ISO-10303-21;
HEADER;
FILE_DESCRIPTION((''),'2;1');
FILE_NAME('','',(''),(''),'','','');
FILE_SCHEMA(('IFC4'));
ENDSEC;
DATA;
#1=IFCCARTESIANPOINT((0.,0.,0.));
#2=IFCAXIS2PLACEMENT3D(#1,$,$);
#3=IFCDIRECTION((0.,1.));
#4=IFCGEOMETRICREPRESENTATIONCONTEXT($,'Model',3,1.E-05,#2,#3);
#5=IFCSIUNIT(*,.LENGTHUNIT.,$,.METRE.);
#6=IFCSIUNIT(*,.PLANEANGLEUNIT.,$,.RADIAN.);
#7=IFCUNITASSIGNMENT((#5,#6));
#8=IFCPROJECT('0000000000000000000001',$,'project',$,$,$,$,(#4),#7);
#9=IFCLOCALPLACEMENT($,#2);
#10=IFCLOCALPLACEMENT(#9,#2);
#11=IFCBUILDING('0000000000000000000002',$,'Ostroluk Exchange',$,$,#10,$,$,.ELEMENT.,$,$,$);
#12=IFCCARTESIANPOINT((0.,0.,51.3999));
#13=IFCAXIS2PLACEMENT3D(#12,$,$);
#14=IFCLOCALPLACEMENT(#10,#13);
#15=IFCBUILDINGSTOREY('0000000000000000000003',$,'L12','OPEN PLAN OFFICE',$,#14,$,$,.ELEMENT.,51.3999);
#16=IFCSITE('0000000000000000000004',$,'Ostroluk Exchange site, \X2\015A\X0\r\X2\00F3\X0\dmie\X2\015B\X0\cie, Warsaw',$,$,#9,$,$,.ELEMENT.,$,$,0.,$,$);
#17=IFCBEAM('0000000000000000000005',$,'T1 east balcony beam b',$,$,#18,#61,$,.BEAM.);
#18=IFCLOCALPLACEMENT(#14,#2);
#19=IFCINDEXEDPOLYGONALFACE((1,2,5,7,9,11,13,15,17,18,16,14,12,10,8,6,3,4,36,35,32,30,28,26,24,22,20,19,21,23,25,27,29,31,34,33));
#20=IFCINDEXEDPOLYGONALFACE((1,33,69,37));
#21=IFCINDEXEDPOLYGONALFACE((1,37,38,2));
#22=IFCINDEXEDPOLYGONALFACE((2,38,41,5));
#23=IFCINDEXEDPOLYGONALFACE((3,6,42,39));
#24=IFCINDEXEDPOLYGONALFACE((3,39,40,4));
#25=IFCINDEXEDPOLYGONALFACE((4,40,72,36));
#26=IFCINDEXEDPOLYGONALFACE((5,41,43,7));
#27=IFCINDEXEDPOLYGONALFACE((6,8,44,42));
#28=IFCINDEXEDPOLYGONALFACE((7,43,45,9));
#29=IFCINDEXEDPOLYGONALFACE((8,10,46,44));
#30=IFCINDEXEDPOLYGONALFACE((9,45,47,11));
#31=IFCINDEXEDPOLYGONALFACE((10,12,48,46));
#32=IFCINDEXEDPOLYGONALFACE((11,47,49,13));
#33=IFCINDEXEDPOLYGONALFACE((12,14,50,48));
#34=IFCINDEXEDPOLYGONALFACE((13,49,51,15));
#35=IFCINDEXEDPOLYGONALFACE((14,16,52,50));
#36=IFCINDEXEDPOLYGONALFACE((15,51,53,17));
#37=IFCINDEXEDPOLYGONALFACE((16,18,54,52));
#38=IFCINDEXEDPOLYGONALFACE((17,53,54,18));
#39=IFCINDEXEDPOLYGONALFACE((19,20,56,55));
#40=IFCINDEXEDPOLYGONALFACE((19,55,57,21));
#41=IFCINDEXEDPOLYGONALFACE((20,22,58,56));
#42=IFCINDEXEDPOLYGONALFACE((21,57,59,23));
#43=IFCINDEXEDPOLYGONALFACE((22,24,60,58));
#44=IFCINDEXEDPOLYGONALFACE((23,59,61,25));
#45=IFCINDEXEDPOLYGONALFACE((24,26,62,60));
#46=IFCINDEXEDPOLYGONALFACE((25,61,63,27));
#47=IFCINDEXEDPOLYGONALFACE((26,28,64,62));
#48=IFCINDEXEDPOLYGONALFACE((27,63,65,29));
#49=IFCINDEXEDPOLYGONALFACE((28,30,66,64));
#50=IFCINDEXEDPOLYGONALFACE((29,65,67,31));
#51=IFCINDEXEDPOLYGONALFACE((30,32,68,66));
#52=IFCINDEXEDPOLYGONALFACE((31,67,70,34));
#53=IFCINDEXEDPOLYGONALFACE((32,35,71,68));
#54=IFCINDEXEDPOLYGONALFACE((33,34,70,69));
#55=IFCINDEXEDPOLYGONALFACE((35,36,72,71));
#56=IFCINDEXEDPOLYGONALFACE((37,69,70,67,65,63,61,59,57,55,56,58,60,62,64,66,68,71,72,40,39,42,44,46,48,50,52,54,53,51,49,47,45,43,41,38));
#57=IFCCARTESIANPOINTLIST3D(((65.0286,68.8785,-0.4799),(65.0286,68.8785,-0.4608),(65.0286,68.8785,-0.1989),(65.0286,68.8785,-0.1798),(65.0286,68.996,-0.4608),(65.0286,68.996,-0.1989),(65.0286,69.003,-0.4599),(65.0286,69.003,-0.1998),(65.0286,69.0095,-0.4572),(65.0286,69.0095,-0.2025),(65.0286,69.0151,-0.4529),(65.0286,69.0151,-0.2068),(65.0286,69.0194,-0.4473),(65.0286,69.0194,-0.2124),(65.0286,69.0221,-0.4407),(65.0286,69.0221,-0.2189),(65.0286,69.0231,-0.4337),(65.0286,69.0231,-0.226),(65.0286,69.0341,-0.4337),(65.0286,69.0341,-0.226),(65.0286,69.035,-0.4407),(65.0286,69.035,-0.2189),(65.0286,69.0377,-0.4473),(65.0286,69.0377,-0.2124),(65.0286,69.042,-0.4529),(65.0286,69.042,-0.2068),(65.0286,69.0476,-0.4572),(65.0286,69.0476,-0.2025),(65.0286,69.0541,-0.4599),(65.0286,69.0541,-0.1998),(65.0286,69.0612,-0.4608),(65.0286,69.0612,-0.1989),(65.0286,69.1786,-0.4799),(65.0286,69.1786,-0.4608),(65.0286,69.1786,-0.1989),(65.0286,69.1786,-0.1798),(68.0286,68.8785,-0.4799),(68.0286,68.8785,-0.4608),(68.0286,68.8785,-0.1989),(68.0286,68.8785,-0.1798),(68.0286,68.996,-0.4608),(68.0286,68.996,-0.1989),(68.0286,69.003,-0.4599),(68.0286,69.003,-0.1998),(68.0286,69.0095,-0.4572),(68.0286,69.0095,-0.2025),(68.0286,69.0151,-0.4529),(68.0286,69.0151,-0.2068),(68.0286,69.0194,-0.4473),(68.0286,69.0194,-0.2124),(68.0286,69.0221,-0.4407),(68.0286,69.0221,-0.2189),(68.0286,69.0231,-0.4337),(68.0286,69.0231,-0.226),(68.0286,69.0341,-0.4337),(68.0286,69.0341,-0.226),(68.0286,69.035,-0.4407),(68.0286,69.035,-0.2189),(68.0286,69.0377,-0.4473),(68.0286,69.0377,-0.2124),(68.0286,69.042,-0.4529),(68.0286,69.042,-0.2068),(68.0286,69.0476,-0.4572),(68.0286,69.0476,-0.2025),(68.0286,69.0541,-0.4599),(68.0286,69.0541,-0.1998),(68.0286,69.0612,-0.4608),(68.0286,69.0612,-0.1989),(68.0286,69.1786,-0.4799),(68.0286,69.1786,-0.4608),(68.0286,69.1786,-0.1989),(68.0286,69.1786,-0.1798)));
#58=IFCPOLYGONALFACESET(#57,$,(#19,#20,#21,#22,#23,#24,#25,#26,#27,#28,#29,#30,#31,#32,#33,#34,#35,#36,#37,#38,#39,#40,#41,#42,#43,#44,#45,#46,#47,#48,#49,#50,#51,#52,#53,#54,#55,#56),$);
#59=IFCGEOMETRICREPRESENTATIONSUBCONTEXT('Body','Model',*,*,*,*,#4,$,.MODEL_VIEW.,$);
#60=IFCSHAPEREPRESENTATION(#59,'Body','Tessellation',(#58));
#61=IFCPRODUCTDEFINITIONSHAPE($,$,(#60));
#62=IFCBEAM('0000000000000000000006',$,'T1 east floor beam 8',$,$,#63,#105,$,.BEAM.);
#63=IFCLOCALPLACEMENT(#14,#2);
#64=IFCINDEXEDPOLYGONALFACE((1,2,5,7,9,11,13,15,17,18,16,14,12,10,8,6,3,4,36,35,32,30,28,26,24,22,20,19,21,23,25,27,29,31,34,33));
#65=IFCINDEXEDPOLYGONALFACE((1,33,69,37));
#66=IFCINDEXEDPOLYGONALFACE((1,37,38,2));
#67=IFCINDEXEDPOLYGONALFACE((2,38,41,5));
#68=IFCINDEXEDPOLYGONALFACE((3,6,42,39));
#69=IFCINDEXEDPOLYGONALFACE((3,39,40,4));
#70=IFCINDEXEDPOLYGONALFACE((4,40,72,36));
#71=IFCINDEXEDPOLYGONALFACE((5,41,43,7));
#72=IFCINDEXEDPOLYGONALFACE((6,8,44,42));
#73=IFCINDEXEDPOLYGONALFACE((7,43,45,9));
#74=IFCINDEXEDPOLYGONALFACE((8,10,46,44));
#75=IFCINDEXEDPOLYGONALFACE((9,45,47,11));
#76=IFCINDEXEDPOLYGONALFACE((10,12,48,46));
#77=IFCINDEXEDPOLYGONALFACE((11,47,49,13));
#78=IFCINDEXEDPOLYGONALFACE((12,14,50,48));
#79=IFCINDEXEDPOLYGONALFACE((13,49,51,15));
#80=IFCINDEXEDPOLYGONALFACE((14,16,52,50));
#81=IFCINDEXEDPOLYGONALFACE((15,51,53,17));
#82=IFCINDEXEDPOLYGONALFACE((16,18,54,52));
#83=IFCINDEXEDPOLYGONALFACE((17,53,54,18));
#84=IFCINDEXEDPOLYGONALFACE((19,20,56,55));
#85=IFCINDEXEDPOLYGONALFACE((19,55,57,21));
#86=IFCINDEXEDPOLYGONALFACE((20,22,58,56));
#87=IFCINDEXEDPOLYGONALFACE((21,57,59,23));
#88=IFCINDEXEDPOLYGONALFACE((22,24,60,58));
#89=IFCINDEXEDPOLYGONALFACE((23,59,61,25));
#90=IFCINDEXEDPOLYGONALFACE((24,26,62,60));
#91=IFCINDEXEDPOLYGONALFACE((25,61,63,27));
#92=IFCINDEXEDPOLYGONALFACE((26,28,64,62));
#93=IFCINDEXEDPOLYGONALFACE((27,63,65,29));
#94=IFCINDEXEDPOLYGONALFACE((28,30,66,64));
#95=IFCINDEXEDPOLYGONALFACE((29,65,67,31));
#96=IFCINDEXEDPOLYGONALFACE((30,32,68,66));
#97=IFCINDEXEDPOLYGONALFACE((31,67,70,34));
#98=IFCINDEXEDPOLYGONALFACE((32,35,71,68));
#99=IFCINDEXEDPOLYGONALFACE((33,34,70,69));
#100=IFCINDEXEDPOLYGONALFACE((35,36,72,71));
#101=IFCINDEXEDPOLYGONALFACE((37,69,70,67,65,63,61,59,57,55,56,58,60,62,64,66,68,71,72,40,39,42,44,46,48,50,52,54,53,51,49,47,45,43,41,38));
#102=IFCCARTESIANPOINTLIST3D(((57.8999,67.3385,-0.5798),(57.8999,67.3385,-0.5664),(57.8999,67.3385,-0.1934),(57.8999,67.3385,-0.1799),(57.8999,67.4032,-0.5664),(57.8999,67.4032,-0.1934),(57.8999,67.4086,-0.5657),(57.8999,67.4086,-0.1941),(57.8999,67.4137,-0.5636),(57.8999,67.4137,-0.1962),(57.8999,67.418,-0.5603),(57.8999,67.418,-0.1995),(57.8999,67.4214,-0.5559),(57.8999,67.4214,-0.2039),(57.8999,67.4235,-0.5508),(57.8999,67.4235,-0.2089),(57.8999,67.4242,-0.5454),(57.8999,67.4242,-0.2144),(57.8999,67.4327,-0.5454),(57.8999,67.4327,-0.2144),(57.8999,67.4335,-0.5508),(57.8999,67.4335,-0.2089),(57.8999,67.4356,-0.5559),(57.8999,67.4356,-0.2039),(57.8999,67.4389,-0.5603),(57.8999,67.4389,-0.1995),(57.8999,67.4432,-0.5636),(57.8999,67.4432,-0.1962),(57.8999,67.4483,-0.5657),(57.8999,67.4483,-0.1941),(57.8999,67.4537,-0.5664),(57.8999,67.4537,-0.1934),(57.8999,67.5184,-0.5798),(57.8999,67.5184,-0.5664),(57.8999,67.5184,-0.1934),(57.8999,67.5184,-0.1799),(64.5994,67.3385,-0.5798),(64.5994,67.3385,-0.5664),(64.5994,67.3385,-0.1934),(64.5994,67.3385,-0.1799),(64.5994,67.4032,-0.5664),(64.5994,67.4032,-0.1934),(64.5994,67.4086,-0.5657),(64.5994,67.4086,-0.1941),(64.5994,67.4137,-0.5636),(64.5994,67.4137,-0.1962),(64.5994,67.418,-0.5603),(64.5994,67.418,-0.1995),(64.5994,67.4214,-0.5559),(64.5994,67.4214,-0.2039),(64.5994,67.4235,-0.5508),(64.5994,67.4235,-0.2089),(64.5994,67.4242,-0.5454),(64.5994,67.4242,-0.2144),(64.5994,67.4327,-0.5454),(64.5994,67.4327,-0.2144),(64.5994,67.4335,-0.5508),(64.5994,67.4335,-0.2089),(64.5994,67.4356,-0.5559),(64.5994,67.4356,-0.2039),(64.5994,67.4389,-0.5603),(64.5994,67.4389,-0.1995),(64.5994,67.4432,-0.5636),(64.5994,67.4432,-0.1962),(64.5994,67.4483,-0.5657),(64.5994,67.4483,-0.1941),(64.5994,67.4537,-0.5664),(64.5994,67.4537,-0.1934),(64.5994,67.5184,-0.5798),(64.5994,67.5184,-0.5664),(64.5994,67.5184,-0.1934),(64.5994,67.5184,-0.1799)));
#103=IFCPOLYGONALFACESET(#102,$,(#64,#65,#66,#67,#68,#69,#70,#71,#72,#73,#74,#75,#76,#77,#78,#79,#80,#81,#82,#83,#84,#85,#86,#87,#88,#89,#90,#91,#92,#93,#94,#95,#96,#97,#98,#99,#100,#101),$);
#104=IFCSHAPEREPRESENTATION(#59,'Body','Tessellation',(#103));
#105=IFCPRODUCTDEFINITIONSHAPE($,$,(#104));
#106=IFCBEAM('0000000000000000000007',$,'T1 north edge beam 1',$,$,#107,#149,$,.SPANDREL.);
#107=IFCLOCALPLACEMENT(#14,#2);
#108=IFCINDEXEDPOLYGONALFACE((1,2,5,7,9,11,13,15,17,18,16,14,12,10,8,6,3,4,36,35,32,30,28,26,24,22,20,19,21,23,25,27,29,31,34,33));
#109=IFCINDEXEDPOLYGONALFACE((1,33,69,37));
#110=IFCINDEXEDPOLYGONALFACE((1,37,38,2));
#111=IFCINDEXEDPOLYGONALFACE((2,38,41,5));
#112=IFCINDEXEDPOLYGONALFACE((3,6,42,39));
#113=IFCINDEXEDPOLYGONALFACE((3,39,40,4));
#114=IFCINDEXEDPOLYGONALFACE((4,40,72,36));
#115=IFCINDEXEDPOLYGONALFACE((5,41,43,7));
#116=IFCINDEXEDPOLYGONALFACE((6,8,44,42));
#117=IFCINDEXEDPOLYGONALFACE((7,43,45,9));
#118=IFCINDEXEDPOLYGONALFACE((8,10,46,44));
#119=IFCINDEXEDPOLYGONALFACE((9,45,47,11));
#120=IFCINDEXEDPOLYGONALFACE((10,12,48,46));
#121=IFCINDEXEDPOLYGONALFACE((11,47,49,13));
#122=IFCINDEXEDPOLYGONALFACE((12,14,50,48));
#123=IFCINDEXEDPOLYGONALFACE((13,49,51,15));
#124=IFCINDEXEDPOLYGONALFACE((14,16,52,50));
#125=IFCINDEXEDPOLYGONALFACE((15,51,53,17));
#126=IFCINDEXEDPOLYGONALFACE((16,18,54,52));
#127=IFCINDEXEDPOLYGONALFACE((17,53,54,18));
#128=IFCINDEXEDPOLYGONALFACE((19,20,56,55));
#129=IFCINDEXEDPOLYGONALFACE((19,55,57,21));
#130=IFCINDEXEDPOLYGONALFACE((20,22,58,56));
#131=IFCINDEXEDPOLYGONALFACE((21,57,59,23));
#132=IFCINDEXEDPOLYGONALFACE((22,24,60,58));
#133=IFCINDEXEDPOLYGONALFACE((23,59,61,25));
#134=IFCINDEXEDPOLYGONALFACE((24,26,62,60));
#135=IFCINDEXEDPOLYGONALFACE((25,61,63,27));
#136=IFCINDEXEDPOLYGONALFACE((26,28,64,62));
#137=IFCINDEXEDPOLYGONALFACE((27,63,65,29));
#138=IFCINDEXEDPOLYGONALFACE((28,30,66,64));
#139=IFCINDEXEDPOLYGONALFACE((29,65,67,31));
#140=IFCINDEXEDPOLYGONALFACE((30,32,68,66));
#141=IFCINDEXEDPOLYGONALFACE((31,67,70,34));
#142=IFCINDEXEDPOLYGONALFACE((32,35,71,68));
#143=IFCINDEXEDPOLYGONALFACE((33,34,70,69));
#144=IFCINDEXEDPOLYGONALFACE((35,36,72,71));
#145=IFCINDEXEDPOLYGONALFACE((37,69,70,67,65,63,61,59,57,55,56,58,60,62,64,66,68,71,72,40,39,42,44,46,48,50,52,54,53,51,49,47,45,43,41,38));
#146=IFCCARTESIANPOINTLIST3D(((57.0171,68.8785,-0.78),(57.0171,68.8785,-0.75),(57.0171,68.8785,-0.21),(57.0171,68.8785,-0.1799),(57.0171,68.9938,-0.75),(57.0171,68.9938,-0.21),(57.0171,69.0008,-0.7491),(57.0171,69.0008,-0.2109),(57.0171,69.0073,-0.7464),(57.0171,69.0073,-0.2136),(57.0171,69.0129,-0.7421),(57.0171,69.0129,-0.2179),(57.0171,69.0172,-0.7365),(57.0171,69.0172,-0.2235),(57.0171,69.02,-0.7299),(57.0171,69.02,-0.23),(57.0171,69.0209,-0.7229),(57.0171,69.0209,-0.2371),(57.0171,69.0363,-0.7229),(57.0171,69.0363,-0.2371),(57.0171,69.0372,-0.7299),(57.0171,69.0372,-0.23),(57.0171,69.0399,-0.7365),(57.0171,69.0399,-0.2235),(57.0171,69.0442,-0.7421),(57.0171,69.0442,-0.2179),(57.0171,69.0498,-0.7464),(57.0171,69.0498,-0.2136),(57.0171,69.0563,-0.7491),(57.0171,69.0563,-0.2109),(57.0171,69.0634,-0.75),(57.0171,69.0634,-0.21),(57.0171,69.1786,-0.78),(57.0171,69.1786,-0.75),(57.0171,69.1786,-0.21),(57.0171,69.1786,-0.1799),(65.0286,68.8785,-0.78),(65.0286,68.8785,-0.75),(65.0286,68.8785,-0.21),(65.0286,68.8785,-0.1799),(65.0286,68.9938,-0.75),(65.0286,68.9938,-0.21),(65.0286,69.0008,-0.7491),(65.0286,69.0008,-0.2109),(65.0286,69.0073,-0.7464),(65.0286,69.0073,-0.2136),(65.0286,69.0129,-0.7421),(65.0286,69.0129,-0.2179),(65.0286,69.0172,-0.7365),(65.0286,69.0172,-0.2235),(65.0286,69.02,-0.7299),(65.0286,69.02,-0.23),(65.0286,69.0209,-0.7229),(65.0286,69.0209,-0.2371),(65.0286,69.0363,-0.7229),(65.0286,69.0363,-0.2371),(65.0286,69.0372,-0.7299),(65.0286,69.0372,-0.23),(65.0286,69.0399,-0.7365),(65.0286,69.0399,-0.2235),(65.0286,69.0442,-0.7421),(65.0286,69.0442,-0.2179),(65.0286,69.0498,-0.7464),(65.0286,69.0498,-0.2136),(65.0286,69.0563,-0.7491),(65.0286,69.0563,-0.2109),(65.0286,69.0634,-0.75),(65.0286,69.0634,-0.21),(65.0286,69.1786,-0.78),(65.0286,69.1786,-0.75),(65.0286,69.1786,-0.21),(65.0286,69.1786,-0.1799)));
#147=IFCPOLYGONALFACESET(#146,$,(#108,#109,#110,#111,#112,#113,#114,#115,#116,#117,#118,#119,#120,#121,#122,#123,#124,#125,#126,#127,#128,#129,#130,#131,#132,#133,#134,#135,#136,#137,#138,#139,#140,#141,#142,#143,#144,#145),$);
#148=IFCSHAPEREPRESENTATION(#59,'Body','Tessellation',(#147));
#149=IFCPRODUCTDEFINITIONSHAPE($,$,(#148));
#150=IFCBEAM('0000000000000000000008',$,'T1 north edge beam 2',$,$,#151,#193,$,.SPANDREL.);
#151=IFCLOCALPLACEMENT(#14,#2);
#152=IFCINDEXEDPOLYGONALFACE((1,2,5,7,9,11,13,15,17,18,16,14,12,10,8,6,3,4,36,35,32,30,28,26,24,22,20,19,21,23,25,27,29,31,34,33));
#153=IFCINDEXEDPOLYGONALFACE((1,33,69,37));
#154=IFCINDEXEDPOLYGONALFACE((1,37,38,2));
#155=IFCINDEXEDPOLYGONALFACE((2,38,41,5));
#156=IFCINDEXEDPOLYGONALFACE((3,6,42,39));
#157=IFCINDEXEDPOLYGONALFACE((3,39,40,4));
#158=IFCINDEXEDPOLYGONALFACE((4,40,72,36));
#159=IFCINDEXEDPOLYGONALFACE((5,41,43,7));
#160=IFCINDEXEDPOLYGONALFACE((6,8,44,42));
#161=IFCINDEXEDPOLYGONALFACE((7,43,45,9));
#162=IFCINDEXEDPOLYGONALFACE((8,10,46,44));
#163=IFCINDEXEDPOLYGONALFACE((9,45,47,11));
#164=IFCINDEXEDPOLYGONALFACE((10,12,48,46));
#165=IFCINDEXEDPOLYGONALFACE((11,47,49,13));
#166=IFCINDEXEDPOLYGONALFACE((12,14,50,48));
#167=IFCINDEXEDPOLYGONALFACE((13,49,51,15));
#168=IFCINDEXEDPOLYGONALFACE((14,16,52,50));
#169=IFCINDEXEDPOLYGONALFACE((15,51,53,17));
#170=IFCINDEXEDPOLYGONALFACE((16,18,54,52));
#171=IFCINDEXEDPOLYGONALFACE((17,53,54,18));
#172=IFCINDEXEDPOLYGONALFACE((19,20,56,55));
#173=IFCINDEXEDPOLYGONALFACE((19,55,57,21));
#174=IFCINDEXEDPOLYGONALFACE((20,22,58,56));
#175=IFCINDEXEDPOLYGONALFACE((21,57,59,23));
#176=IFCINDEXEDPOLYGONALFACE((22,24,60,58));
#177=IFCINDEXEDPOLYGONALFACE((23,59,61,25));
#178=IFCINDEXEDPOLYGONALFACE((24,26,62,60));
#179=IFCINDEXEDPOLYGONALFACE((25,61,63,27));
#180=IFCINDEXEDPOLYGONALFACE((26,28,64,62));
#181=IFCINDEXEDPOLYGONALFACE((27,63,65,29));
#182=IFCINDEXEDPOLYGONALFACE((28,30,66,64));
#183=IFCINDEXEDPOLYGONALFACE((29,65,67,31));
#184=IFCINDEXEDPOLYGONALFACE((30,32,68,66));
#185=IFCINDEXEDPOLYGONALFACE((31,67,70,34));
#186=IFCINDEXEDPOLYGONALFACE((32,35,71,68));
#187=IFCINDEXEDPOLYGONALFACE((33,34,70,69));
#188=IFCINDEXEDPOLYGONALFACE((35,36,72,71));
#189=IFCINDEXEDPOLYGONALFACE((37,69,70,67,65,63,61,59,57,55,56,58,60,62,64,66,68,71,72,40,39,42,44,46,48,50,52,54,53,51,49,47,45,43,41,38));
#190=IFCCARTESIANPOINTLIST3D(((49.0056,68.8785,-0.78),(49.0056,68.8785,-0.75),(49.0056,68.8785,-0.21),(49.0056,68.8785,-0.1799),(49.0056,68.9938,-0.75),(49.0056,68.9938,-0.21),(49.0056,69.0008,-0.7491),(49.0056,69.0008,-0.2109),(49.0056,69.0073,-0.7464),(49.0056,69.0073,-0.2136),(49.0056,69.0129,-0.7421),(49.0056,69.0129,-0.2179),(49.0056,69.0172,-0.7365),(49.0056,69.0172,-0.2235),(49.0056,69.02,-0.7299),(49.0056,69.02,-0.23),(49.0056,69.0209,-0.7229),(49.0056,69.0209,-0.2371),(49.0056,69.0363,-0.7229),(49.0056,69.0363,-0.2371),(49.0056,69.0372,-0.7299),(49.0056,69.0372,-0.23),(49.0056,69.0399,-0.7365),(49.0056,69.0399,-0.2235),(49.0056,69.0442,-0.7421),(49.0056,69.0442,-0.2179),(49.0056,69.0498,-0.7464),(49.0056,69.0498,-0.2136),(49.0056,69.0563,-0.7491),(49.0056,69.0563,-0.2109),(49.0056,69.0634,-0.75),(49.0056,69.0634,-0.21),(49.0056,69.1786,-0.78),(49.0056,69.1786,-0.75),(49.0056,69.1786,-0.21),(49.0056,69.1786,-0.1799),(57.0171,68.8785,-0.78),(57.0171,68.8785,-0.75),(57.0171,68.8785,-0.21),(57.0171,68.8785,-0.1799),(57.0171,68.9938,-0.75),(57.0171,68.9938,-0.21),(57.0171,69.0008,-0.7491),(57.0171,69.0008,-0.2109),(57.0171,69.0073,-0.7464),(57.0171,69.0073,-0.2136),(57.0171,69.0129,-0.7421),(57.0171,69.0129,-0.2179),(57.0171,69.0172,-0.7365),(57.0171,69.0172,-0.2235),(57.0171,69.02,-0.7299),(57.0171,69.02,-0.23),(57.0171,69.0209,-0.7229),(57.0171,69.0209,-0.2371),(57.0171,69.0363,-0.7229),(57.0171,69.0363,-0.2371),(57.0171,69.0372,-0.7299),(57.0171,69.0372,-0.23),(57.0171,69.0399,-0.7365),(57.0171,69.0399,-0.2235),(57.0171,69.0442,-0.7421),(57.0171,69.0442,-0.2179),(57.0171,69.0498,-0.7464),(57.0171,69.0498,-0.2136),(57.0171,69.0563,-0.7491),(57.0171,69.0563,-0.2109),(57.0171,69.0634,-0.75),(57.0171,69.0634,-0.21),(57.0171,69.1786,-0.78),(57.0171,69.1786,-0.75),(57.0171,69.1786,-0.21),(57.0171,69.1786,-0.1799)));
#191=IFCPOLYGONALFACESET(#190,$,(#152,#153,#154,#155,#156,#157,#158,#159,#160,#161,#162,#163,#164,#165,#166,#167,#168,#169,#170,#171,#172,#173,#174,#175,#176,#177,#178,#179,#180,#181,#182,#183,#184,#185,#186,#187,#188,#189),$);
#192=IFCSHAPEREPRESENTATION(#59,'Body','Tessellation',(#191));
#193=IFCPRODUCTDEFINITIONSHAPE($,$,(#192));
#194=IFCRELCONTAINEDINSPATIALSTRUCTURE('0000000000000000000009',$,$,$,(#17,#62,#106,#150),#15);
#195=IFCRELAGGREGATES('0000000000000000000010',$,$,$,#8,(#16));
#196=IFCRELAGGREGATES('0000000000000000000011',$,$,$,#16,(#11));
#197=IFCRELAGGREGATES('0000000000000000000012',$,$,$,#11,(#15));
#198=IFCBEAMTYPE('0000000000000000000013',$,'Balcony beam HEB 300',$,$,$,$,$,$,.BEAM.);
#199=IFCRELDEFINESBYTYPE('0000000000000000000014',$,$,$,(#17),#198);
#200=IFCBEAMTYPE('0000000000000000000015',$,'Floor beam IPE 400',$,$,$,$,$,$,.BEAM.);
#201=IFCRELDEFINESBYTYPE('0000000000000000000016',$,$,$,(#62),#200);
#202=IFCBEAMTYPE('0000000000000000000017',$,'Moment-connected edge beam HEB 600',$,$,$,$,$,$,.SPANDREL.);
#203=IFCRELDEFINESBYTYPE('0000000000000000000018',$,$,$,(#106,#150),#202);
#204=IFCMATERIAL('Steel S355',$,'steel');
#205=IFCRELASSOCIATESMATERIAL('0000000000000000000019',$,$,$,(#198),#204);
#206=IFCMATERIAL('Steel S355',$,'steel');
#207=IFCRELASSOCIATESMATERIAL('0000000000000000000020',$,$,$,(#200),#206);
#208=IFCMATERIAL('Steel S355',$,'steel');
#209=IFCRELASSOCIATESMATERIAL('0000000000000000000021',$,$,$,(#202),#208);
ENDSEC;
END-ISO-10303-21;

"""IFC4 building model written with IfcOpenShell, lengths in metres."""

from ifc_helpers import new_model, si_unit, direction, frame, origin, origin_2d, place, context, subcontext, project, spatial, i_section, extrude, material, material_profile, profile_set, type_object, element, save


model = new_model("IFC4")

# Units and contexts
model_context = context("Model", 3, precision=1e-05, world=origin(), true_north=direction((0.0, 1.0)))
body_context = subcontext(model_context, "Body", "Model", "MODEL_VIEW")
ifc_project = project(units=[si_unit("LENGTHUNIT", "METRE"), si_unit("PLANEANGLEUNIT", "RADIAN")], contexts=[model_context])

# Site, building, storey
site_placement = place(None, origin())
site = spatial("IfcSite", under=ifc_project, at=site_placement, Name="Ostroluk Exchange site, Śródmieście, Warsaw", CompositionType="ELEMENT", RefElevation=0.0)
building_placement = place(site_placement, origin())
building = spatial("IfcBuilding", under=site, at=building_placement, Name="Ostroluk Exchange", CompositionType="ELEMENT")
storey_placement = place(building_placement, frame((0.0, 0.0, 51.3999)))
storey = spatial("IfcBuildingStorey", under=building, at=storey_placement, Name="L12", Description="OPEN PLAN OFFICE", CompositionType="ELEMENT", Elevation=51.3999)

# Beams
ifc_material_1 = material(Name="Steel S355", Category="steel")
ifc_material_profile_1 = material_profile(ifc_material_1, i_section(OverallWidth=0.3, OverallDepth=0.3, WebThickness=0.011, FlangeThickness=0.019, FilletRadius=0.0271, at=origin_2d()), Name="HEB 300")
ifc_profile_set_1 = profile_set([ifc_material_profile_1], Name="Steel S355")
beam_type_1 = type_object("IfcBeamType", Name="Balcony beam HEB 300", PredefinedType="BEAM", material=ifc_profile_set_1)
beam_1_placement = place(storey_placement, frame((65.0286, 69.0286, -0.3298), z_axis=(1.0, 0.0, 0.0), x_axis=(0.0, 1.0, 0.0)))
element("IfcBeam", 1, at=beam_1_placement, inside=storey, type_object=beam_type_1, Name="T1 east balcony beam b", PredefinedType="BEAM", context=body_context, shape_type="SweptSolid", body=[
    extrude(i_section(OverallWidth=0.3, OverallDepth=0.3, WebThickness=0.011, FlangeThickness=0.019, FilletRadius=0.0271, at=origin_2d()), origin(), (0.0, 0.0, 1.0), 3.0),
])
ifc_material_2 = material(Name="Steel S355", Category="steel")
ifc_material_profile_2 = material_profile(ifc_material_2, i_section(OverallWidth=0.1799, OverallDepth=0.3999, WebThickness=0.0085, FlangeThickness=0.0134, FilletRadius=0.021, at=origin_2d()), Name="IPE 400")
ifc_profile_set_2 = profile_set([ifc_material_profile_2], Name="Steel S355")
beam_type_2 = type_object("IfcBeamType", Name="Floor beam IPE 400", PredefinedType="BEAM", material=ifc_profile_set_2)
beam_2_placement = place(storey_placement, frame((57.8999, 67.4285, -0.3799), z_axis=(1.0, 0.0, 0.0), x_axis=(0.0, 1.0, 0.0)))
element("IfcBeam", 2, at=beam_2_placement, inside=storey, type_object=beam_type_2, Name="T1 east floor beam 8", PredefinedType="BEAM", context=body_context, shape_type="SweptSolid", body=[
    extrude(i_section(OverallWidth=0.1799, OverallDepth=0.3999, WebThickness=0.0085, FlangeThickness=0.0134, FilletRadius=0.021, at=origin_2d()), origin(), (0.0, 0.0, 1.0), 6.6995),
])
ifc_material_3 = material(Name="Steel S355", Category="steel")
ifc_material_profile_3 = material_profile(ifc_material_3, i_section(OverallWidth=0.3, OverallDepth=0.6001, WebThickness=0.0154, FlangeThickness=0.03, FilletRadius=0.0271, at=origin_2d()), Name="HEB 600")
ifc_profile_set_3 = profile_set([ifc_material_profile_3], Name="Steel S355")
beam_type_3 = type_object("IfcBeamType", Name="Moment-connected edge beam HEB 600", PredefinedType="SPANDREL", material=ifc_profile_set_3)
for number, where, z_axis, x_axis, name in (
    (3, (65.0286, 69.0286, -0.48), (-1.0, 0.0, 0.0), (0.0, -1.0, 0.0), "T1 north edge beam 1"),
    (4, (57.0171, 69.0286, -0.48), (-1.0, 0.0, 0.0), (0.0, -1.0, 0.0), "T1 north edge beam 2"),
):
    element("IfcBeam", number, at=place(storey_placement, frame(where, z_axis=z_axis, x_axis=x_axis)), inside=storey, type_object=beam_type_3, Name=name, PredefinedType="SPANDREL", context=body_context, shape_type="SweptSolid", body=[
        extrude(i_section(OverallWidth=0.3, OverallDepth=0.6001, WebThickness=0.0154, FlangeThickness=0.03, FilletRadius=0.0271, at=origin_2d()), origin(), (0.0, 0.0, 1.0), 8.0115),
    ])

save(model, "model.ifc")
